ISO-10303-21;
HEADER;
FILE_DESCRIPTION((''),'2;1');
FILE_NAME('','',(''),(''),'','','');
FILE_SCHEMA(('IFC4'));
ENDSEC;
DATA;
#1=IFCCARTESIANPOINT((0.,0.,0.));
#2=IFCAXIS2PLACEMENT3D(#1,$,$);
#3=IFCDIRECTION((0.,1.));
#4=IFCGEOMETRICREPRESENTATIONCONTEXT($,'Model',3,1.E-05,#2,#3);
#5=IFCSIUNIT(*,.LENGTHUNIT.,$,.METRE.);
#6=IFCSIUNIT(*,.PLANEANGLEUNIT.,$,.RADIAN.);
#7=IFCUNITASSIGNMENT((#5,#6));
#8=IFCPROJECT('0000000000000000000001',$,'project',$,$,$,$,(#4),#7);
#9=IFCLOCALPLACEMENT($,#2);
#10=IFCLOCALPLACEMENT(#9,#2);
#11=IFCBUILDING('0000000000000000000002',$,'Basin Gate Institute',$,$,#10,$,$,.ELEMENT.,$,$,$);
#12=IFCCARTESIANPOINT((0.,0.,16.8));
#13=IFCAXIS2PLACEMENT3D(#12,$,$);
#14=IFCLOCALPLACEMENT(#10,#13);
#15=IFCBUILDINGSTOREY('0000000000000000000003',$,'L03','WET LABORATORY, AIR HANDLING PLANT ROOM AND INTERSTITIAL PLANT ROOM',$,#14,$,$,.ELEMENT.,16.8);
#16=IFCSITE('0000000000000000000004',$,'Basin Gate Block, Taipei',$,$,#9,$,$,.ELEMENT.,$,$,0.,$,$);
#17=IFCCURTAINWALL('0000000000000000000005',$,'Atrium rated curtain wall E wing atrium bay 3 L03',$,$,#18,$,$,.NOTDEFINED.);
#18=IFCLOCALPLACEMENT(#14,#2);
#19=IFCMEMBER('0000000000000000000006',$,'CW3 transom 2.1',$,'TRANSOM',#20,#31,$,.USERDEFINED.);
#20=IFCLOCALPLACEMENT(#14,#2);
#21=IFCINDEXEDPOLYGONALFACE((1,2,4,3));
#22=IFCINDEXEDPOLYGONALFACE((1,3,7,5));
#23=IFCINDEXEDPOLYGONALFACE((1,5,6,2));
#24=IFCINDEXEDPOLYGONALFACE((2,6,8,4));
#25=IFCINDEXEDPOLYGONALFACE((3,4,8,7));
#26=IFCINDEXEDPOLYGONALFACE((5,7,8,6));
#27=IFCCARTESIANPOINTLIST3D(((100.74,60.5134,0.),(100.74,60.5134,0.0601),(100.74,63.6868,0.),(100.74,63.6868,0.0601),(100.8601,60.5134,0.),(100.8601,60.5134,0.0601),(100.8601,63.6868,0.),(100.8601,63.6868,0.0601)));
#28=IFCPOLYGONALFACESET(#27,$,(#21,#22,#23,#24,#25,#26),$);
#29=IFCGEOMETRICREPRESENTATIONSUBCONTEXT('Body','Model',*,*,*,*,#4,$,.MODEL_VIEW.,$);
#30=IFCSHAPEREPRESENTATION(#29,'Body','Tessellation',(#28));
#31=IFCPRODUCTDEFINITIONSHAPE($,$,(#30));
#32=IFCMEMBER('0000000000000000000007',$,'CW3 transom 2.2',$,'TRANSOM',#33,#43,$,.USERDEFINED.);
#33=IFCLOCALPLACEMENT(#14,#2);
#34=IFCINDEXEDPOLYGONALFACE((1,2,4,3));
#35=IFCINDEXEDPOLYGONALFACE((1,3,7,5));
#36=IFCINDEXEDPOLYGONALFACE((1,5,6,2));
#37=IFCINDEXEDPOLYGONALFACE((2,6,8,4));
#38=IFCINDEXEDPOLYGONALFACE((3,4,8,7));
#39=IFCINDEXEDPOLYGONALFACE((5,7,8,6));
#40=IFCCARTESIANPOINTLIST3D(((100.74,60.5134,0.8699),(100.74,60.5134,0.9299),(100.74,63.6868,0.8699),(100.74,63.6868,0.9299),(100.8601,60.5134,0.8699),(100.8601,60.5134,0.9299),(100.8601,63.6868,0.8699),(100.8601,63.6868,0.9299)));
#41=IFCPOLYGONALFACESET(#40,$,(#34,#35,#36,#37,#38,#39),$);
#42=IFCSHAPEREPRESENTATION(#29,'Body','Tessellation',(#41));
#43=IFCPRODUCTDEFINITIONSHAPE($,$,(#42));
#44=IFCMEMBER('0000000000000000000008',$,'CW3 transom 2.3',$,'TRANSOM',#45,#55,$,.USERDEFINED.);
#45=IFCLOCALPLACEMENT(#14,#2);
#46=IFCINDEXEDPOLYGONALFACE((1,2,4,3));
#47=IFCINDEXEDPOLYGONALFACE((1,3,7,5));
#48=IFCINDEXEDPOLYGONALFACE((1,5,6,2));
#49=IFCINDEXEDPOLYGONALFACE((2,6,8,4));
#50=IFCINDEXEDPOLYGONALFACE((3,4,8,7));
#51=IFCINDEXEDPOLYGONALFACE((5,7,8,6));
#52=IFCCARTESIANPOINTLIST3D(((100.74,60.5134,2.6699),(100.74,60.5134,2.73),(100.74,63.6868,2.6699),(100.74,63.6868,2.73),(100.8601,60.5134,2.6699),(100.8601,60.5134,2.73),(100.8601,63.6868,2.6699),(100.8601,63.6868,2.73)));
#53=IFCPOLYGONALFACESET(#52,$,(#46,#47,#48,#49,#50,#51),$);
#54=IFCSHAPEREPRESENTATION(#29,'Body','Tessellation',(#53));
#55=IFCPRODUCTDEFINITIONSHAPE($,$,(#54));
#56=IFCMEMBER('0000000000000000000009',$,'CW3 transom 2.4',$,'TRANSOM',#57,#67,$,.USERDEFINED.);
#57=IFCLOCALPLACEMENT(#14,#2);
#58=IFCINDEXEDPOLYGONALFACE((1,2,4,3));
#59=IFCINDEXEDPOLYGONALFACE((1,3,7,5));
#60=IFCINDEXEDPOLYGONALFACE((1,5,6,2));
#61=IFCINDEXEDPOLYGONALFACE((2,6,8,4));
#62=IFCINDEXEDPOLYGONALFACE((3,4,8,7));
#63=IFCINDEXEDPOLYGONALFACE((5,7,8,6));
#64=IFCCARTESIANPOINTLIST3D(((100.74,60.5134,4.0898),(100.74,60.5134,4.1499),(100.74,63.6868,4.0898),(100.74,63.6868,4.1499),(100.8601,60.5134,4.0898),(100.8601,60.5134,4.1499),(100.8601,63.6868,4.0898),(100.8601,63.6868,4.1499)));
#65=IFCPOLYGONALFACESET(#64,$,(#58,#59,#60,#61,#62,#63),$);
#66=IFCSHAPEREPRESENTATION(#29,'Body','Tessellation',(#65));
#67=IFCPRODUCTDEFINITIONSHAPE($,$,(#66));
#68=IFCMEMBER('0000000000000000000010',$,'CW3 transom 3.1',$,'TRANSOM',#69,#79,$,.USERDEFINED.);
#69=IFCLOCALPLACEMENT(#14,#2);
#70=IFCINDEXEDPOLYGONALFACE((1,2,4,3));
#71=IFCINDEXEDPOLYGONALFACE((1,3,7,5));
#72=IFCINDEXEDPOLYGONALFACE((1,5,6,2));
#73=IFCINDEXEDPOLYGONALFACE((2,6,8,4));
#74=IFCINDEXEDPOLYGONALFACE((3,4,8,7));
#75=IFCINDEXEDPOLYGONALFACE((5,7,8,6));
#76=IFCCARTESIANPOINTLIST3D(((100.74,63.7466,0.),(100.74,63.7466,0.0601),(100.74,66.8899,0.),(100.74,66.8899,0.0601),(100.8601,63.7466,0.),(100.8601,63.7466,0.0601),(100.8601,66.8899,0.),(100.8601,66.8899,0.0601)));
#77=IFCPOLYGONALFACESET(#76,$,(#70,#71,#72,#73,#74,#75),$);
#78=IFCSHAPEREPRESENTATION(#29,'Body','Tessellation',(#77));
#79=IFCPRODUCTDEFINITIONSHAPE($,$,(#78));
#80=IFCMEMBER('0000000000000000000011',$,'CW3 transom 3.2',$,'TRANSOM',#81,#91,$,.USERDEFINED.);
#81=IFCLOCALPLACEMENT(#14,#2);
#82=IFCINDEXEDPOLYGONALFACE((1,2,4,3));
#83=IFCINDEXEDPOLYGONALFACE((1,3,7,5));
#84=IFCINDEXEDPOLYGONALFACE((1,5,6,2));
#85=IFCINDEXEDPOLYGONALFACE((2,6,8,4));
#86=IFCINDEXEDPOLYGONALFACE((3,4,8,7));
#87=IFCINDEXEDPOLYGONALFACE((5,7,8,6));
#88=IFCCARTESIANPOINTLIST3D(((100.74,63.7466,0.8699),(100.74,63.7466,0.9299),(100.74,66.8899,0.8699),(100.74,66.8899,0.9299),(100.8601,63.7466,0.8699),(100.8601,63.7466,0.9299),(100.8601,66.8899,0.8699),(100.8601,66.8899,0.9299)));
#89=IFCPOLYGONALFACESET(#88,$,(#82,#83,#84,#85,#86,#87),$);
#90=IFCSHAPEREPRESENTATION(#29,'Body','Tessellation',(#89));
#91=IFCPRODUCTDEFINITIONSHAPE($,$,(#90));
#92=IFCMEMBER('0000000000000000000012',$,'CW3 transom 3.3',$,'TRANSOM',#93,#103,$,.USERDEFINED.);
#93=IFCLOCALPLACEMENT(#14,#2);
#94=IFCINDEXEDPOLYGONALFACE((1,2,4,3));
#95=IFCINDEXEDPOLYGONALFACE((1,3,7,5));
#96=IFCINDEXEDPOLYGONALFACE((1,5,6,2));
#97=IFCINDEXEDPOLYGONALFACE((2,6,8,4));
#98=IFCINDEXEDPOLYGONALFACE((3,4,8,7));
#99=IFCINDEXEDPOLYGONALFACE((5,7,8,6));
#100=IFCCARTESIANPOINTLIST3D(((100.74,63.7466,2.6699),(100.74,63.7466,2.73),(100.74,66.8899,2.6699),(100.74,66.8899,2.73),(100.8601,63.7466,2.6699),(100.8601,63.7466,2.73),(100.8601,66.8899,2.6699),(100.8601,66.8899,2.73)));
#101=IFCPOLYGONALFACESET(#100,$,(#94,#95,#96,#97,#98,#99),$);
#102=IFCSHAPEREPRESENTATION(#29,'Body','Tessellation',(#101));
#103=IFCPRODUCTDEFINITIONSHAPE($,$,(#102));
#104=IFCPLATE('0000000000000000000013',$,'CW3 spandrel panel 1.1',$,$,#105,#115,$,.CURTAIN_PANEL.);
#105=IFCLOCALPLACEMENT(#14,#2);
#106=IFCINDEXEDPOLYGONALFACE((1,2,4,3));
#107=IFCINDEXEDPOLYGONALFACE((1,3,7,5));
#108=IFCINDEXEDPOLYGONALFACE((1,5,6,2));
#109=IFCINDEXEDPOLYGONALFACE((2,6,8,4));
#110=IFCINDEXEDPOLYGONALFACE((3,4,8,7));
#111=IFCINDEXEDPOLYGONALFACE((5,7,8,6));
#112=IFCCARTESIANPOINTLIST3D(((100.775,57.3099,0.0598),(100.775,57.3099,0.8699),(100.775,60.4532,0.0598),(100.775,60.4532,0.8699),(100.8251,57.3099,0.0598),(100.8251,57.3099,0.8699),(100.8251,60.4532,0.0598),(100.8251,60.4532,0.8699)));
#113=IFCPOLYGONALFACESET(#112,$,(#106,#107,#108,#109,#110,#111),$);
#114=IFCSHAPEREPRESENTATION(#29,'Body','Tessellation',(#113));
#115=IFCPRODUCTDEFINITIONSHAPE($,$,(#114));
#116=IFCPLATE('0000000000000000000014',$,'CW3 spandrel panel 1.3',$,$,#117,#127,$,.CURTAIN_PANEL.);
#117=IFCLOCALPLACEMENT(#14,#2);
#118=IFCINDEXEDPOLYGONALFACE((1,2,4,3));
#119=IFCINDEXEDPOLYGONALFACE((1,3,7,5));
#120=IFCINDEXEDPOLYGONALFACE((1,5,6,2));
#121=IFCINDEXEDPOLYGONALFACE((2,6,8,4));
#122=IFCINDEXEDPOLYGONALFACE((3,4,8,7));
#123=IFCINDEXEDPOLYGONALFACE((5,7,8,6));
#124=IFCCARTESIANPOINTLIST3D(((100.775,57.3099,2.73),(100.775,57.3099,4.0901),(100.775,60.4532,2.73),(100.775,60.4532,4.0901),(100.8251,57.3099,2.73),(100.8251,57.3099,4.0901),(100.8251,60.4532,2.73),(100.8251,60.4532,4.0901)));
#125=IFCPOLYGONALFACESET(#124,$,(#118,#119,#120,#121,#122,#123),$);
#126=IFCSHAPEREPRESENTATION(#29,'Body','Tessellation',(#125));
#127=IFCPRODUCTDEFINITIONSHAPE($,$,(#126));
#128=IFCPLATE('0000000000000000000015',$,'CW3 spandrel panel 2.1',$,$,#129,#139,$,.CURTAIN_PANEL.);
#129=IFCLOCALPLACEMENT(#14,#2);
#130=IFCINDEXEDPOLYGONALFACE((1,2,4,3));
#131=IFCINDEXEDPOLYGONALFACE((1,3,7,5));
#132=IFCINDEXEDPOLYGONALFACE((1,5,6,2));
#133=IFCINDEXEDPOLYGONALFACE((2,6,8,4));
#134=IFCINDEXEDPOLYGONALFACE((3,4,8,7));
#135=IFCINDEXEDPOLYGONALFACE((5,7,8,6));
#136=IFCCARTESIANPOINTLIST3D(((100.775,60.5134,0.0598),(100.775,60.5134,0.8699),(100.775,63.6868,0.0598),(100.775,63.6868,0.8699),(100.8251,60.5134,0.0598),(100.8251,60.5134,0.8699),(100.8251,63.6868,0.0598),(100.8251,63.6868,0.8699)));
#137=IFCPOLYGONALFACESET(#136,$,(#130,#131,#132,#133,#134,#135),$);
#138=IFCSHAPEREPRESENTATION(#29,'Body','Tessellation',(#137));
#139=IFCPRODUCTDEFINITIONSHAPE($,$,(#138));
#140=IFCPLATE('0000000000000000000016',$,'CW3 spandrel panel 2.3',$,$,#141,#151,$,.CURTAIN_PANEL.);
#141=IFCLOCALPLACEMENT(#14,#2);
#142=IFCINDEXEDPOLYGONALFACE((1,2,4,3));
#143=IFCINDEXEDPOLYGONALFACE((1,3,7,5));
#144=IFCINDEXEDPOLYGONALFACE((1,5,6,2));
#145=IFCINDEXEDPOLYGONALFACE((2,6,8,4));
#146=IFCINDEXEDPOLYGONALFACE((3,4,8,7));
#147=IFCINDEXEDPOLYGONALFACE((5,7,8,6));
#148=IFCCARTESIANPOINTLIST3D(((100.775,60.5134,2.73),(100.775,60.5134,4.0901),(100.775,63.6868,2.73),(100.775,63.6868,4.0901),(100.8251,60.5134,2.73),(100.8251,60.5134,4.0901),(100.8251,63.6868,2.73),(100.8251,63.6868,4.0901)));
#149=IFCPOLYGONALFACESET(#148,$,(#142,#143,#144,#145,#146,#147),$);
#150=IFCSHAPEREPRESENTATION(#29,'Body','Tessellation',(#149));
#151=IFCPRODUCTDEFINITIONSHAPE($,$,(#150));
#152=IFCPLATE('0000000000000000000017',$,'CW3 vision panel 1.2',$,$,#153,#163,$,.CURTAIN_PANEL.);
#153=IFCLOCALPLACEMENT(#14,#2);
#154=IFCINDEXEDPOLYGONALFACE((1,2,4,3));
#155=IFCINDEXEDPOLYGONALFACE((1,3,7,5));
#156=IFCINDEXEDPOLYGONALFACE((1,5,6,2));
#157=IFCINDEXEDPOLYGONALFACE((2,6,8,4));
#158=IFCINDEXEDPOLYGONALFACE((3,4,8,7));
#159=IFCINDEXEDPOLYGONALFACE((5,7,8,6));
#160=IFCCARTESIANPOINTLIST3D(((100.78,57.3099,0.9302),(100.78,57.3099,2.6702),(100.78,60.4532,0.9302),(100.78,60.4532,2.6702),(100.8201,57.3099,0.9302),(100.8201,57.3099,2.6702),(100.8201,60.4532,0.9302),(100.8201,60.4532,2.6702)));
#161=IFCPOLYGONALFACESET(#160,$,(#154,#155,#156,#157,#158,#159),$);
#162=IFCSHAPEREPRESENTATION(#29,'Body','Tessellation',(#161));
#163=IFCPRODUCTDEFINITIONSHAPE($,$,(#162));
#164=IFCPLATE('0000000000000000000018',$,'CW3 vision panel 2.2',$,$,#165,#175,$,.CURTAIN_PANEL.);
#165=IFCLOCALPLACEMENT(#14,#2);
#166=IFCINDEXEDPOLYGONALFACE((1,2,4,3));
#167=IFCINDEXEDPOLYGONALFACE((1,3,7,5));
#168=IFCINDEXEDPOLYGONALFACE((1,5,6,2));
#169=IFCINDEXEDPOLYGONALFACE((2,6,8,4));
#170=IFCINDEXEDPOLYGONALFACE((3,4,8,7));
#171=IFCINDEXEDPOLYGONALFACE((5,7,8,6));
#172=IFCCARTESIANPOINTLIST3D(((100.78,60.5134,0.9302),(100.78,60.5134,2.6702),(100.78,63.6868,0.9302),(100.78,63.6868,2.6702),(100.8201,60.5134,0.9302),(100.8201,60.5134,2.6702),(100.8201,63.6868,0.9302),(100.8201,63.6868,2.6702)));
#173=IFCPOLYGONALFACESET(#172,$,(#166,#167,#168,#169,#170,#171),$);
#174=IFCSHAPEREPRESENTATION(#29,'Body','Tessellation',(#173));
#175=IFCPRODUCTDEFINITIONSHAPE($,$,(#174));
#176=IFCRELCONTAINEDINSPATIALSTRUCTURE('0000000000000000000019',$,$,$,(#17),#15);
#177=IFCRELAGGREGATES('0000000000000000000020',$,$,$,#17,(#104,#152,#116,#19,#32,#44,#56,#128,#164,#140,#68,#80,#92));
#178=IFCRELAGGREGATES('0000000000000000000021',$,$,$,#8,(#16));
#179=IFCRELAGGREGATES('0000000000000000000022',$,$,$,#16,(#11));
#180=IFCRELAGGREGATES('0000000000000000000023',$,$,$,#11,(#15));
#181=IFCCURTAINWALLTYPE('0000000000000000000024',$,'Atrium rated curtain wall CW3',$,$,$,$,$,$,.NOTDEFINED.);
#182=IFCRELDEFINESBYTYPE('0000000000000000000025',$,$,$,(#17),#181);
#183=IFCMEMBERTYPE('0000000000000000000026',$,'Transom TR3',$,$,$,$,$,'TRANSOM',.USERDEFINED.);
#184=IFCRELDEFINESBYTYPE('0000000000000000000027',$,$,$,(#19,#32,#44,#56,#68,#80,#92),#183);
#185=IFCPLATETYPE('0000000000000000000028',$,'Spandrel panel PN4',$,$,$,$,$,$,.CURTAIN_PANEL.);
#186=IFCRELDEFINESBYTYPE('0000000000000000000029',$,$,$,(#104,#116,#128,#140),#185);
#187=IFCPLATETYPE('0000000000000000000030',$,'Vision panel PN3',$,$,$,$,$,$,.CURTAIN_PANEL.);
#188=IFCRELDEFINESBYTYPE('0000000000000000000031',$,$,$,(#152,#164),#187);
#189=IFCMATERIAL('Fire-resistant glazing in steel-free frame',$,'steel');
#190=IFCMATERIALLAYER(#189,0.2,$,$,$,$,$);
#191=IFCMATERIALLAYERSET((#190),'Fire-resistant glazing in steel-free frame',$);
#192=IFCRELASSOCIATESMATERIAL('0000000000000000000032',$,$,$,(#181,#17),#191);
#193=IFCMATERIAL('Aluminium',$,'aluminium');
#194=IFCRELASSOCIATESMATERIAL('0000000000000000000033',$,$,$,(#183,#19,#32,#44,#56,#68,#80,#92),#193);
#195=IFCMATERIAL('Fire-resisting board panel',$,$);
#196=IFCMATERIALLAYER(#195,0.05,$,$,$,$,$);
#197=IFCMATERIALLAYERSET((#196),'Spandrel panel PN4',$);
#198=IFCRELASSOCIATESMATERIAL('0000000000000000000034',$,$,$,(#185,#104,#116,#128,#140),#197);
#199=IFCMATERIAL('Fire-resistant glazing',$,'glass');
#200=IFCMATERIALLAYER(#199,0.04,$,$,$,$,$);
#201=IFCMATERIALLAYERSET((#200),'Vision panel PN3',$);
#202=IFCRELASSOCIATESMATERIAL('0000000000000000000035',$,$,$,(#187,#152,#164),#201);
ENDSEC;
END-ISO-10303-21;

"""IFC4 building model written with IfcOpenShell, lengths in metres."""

from ifc_helpers import new_model, si_unit, direction, frame, origin, origin_2d, place, context, subcontext, project, spatial, rectangle, extrude, material, layer, layer_set, material_profile, profile_set, type_object, element, aggregate, save


model = new_model("IFC4")

# Units and contexts
model_context = context("Model", 3, precision=1e-05, world=origin(), true_north=direction((0.0, 1.0)))
body_context = subcontext(model_context, "Body", "Model", "MODEL_VIEW")
ifc_project = project(units=[si_unit("LENGTHUNIT", "METRE"), si_unit("PLANEANGLEUNIT", "RADIAN")], contexts=[model_context])

# Site, building, storey
site_placement = place(None, origin())
site = spatial("IfcSite", under=ifc_project, at=site_placement, Name="Basin Gate Block, Taipei", CompositionType="ELEMENT", RefElevation=0.0)
building_placement = place(site_placement, origin())
building = spatial("IfcBuilding", under=site, at=building_placement, Name="Basin Gate Institute", CompositionType="ELEMENT")
storey_placement = place(building_placement, frame((0.0, 0.0, 16.8)))
storey = spatial("IfcBuildingStorey", under=building, at=storey_placement, Name="L03", Description="WET LABORATORY, AIR HANDLING PLANT ROOM AND INTERSTITIAL PLANT ROOM", CompositionType="ELEMENT", Elevation=16.8)

# Curtain wall
ifc_material_1 = material(Name="Fire-resistant glazing in steel-free frame", Category="steel")
ifc_layer_1 = layer(ifc_material_1, 0.2)
ifc_layer_set_1 = layer_set([ifc_layer_1], Name="Fire-resistant glazing in steel-free frame")
curtain_wall_type = type_object("IfcCurtainWallType", Name="Atrium rated curtain wall CW3", PredefinedType="NOTDEFINED", material=ifc_layer_set_1)
curtain_wall_placement = place(storey_placement, origin())
curtain_wall = element("IfcCurtainWall", 1, at=curtain_wall_placement, inside=storey, type_object=curtain_wall_type, material=ifc_layer_set_1, Name="Atrium rated curtain wall E wing atrium bay 3 L03", PredefinedType="NOTDEFINED")

# Members
ifc_material_2 = material(Name="Aluminium", Category="aluminium")
ifc_material_profile_1 = material_profile(ifc_material_2, rectangle(XDim=0.1201, YDim=0.0601, at=origin_2d()), Name="Transom TR3 120 x 60")
ifc_profile_set_1 = profile_set([ifc_material_profile_1], Name="Aluminium")
member_type_1 = type_object("IfcMemberType", Name="Transom TR3", ElementType="TRANSOM", PredefinedType="USERDEFINED", material=ifc_profile_set_1)
member_1_placement = place(storey_placement, frame((100.8, 60.5134, 0.03), z_axis=(0.0, 1.0, 0.0), x_axis=(-1.0, 0.0, 0.0)))
member_1 = element("IfcMember", 2, at=member_1_placement, type_object=member_type_1, material=ifc_profile_set_1, Name="CW3 transom 2.1", ObjectType="TRANSOM", PredefinedType="USERDEFINED", context=body_context, shape_type="SweptSolid", body=[
    extrude(rectangle(XDim=0.1201, YDim=0.0601, at=origin_2d()), origin(), (0.0, 0.0, 1.0), 3.1733),
])
member_2_placement = place(storey_placement, frame((100.8, 60.5134, 0.8999), z_axis=(0.0, 1.0, 0.0), x_axis=(-1.0, 0.0, 0.0)))
member_2 = element("IfcMember", 3, at=member_2_placement, type_object=member_type_1, material=ifc_profile_set_1, Name="CW3 transom 2.2", ObjectType="TRANSOM", PredefinedType="USERDEFINED", context=body_context, shape_type="SweptSolid", body=[
    extrude(rectangle(XDim=0.1201, YDim=0.0601, at=origin_2d()), origin(), (0.0, 0.0, 1.0), 3.1733),
])
member_3_placement = place(storey_placement, frame((100.8, 60.5134, 2.7), z_axis=(0.0, 1.0, 0.0), x_axis=(-1.0, 0.0, 0.0)))
member_3 = element("IfcMember", 4, at=member_3_placement, type_object=member_type_1, material=ifc_profile_set_1, Name="CW3 transom 2.3", ObjectType="TRANSOM", PredefinedType="USERDEFINED", context=body_context, shape_type="SweptSolid", body=[
    extrude(rectangle(XDim=0.1201, YDim=0.0601, at=origin_2d()), origin(), (0.0, 0.0, 1.0), 3.1733),
])
member_4_placement = place(storey_placement, frame((100.8, 60.5134, 4.1199), z_axis=(0.0, 1.0, 0.0), x_axis=(-1.0, 0.0, 0.0)))
member_4 = element("IfcMember", 5, at=member_4_placement, type_object=member_type_1, material=ifc_profile_set_1, Name="CW3 transom 2.4", ObjectType="TRANSOM", PredefinedType="USERDEFINED", context=body_context, shape_type="SweptSolid", body=[
    extrude(rectangle(XDim=0.1201, YDim=0.0601, at=origin_2d()), origin(), (0.0, 0.0, 1.0), 3.1733),
])
member_5_placement = place(storey_placement, frame((100.8, 63.7466, 0.03), z_axis=(0.0, 1.0, 0.0), x_axis=(-1.0, 0.0, 0.0)))
member_5 = element("IfcMember", 6, at=member_5_placement, type_object=member_type_1, material=ifc_profile_set_1, Name="CW3 transom 3.1", ObjectType="TRANSOM", PredefinedType="USERDEFINED", context=body_context, shape_type="SweptSolid", body=[
    extrude(rectangle(XDim=0.1201, YDim=0.0601, at=origin_2d()), origin(), (0.0, 0.0, 1.0), 3.1433),
])
member_6_placement = place(storey_placement, frame((100.8, 63.7466, 0.8999), z_axis=(0.0, 1.0, 0.0), x_axis=(-1.0, 0.0, 0.0)))
member_6 = element("IfcMember", 7, at=member_6_placement, type_object=member_type_1, material=ifc_profile_set_1, Name="CW3 transom 3.2", ObjectType="TRANSOM", PredefinedType="USERDEFINED", context=body_context, shape_type="SweptSolid", body=[
    extrude(rectangle(XDim=0.1201, YDim=0.0601, at=origin_2d()), origin(), (0.0, 0.0, 1.0), 3.1433),
])
member_7_placement = place(storey_placement, frame((100.8, 63.7466, 2.7), z_axis=(0.0, 1.0, 0.0), x_axis=(-1.0, 0.0, 0.0)))
member_7 = element("IfcMember", 8, at=member_7_placement, type_object=member_type_1, material=ifc_profile_set_1, Name="CW3 transom 3.3", ObjectType="TRANSOM", PredefinedType="USERDEFINED", context=body_context, shape_type="SweptSolid", body=[
    extrude(rectangle(XDim=0.1201, YDim=0.0601, at=origin_2d()), origin(), (0.0, 0.0, 1.0), 3.1433),
])

# Plates
ifc_material_3 = material(Name="Fire-resisting board panel")
ifc_layer_2 = layer(ifc_material_3, 0.05)
ifc_layer_set_2 = layer_set([ifc_layer_2], Name="Spandrel panel PN4")
plate_type_1 = type_object("IfcPlateType", Name="Spandrel panel PN4", PredefinedType="CURTAIN_PANEL", material=ifc_layer_set_2)
plate_1_placement = place(storey_placement, frame((100.8, 58.8816, 0.0598), z_axis=(0.0, 0.0, 1.0), x_axis=(0.0, 1.0, 0.0)))
plate_1 = element("IfcPlate", 9, at=plate_1_placement, type_object=plate_type_1, material=ifc_layer_set_2, Name="CW3 spandrel panel 1.1", PredefinedType="CURTAIN_PANEL", context=body_context, shape_type="SweptSolid", body=[
    extrude(rectangle(XDim=3.1433, YDim=0.05, at=origin_2d()), origin(), (0.0, 0.0, 1.0), 0.8101),
])
plate_2_placement = place(storey_placement, frame((100.8, 58.8816, 2.73), z_axis=(0.0, 0.0, 1.0), x_axis=(0.0, 1.0, 0.0)))
plate_2 = element("IfcPlate", 10, at=plate_2_placement, type_object=plate_type_1, material=ifc_layer_set_2, Name="CW3 spandrel panel 1.3", PredefinedType="CURTAIN_PANEL", context=body_context, shape_type="SweptSolid", body=[
    extrude(rectangle(XDim=3.1433, YDim=0.05, at=origin_2d()), origin(), (0.0, 0.0, 1.0), 1.3601),
])
plate_3_placement = place(storey_placement, frame((100.8, 62.1001, 0.0598), z_axis=(0.0, 0.0, 1.0), x_axis=(0.0, 1.0, 0.0)))
plate_3 = element("IfcPlate", 11, at=plate_3_placement, type_object=plate_type_1, material=ifc_layer_set_2, Name="CW3 spandrel panel 2.1", PredefinedType="CURTAIN_PANEL", context=body_context, shape_type="SweptSolid", body=[
    extrude(rectangle(XDim=3.1733, YDim=0.05, at=origin_2d()), origin(), (0.0, 0.0, 1.0), 0.8101),
])
plate_4_placement = place(storey_placement, frame((100.8, 62.1001, 2.73), z_axis=(0.0, 0.0, 1.0), x_axis=(0.0, 1.0, 0.0)))
plate_4 = element("IfcPlate", 12, at=plate_4_placement, type_object=plate_type_1, material=ifc_layer_set_2, Name="CW3 spandrel panel 2.3", PredefinedType="CURTAIN_PANEL", context=body_context, shape_type="SweptSolid", body=[
    extrude(rectangle(XDim=3.1733, YDim=0.05, at=origin_2d()), origin(), (0.0, 0.0, 1.0), 1.3601),
])
ifc_material_4 = material(Name="Fire-resistant glazing", Category="glass")
ifc_layer_3 = layer(ifc_material_4, 0.04)
ifc_layer_set_3 = layer_set([ifc_layer_3], Name="Vision panel PN3")
plate_type_2 = type_object("IfcPlateType", Name="Vision panel PN3", PredefinedType="CURTAIN_PANEL", material=ifc_layer_set_3)
plate_5_placement = place(storey_placement, frame((100.8, 58.8816, 0.9302), z_axis=(0.0, 0.0, 1.0), x_axis=(0.0, 1.0, 0.0)))
plate_5 = element("IfcPlate", 13, at=plate_5_placement, type_object=plate_type_2, material=ifc_layer_set_3, Name="CW3 vision panel 1.2", PredefinedType="CURTAIN_PANEL", context=body_context, shape_type="SweptSolid", body=[
    extrude(rectangle(XDim=3.1433, YDim=0.04, at=origin_2d()), origin(), (0.0, 0.0, 1.0), 1.74),
])
plate_6_placement = place(storey_placement, frame((100.8, 62.1001, 0.9302), z_axis=(0.0, 0.0, 1.0), x_axis=(0.0, 1.0, 0.0)))
plate_6 = element("IfcPlate", 14, at=plate_6_placement, type_object=plate_type_2, material=ifc_layer_set_3, Name="CW3 vision panel 2.2", PredefinedType="CURTAIN_PANEL", context=body_context, shape_type="SweptSolid", body=[
    extrude(rectangle(XDim=3.1733, YDim=0.04, at=origin_2d()), origin(), (0.0, 0.0, 1.0), 1.74),
])
aggregate(curtain_wall, [plate_1, plate_5, plate_2, member_1, member_2, member_3, member_4, plate_3, plate_6, plate_4, member_5, member_6, member_7])

save(model, "model.ifc")
